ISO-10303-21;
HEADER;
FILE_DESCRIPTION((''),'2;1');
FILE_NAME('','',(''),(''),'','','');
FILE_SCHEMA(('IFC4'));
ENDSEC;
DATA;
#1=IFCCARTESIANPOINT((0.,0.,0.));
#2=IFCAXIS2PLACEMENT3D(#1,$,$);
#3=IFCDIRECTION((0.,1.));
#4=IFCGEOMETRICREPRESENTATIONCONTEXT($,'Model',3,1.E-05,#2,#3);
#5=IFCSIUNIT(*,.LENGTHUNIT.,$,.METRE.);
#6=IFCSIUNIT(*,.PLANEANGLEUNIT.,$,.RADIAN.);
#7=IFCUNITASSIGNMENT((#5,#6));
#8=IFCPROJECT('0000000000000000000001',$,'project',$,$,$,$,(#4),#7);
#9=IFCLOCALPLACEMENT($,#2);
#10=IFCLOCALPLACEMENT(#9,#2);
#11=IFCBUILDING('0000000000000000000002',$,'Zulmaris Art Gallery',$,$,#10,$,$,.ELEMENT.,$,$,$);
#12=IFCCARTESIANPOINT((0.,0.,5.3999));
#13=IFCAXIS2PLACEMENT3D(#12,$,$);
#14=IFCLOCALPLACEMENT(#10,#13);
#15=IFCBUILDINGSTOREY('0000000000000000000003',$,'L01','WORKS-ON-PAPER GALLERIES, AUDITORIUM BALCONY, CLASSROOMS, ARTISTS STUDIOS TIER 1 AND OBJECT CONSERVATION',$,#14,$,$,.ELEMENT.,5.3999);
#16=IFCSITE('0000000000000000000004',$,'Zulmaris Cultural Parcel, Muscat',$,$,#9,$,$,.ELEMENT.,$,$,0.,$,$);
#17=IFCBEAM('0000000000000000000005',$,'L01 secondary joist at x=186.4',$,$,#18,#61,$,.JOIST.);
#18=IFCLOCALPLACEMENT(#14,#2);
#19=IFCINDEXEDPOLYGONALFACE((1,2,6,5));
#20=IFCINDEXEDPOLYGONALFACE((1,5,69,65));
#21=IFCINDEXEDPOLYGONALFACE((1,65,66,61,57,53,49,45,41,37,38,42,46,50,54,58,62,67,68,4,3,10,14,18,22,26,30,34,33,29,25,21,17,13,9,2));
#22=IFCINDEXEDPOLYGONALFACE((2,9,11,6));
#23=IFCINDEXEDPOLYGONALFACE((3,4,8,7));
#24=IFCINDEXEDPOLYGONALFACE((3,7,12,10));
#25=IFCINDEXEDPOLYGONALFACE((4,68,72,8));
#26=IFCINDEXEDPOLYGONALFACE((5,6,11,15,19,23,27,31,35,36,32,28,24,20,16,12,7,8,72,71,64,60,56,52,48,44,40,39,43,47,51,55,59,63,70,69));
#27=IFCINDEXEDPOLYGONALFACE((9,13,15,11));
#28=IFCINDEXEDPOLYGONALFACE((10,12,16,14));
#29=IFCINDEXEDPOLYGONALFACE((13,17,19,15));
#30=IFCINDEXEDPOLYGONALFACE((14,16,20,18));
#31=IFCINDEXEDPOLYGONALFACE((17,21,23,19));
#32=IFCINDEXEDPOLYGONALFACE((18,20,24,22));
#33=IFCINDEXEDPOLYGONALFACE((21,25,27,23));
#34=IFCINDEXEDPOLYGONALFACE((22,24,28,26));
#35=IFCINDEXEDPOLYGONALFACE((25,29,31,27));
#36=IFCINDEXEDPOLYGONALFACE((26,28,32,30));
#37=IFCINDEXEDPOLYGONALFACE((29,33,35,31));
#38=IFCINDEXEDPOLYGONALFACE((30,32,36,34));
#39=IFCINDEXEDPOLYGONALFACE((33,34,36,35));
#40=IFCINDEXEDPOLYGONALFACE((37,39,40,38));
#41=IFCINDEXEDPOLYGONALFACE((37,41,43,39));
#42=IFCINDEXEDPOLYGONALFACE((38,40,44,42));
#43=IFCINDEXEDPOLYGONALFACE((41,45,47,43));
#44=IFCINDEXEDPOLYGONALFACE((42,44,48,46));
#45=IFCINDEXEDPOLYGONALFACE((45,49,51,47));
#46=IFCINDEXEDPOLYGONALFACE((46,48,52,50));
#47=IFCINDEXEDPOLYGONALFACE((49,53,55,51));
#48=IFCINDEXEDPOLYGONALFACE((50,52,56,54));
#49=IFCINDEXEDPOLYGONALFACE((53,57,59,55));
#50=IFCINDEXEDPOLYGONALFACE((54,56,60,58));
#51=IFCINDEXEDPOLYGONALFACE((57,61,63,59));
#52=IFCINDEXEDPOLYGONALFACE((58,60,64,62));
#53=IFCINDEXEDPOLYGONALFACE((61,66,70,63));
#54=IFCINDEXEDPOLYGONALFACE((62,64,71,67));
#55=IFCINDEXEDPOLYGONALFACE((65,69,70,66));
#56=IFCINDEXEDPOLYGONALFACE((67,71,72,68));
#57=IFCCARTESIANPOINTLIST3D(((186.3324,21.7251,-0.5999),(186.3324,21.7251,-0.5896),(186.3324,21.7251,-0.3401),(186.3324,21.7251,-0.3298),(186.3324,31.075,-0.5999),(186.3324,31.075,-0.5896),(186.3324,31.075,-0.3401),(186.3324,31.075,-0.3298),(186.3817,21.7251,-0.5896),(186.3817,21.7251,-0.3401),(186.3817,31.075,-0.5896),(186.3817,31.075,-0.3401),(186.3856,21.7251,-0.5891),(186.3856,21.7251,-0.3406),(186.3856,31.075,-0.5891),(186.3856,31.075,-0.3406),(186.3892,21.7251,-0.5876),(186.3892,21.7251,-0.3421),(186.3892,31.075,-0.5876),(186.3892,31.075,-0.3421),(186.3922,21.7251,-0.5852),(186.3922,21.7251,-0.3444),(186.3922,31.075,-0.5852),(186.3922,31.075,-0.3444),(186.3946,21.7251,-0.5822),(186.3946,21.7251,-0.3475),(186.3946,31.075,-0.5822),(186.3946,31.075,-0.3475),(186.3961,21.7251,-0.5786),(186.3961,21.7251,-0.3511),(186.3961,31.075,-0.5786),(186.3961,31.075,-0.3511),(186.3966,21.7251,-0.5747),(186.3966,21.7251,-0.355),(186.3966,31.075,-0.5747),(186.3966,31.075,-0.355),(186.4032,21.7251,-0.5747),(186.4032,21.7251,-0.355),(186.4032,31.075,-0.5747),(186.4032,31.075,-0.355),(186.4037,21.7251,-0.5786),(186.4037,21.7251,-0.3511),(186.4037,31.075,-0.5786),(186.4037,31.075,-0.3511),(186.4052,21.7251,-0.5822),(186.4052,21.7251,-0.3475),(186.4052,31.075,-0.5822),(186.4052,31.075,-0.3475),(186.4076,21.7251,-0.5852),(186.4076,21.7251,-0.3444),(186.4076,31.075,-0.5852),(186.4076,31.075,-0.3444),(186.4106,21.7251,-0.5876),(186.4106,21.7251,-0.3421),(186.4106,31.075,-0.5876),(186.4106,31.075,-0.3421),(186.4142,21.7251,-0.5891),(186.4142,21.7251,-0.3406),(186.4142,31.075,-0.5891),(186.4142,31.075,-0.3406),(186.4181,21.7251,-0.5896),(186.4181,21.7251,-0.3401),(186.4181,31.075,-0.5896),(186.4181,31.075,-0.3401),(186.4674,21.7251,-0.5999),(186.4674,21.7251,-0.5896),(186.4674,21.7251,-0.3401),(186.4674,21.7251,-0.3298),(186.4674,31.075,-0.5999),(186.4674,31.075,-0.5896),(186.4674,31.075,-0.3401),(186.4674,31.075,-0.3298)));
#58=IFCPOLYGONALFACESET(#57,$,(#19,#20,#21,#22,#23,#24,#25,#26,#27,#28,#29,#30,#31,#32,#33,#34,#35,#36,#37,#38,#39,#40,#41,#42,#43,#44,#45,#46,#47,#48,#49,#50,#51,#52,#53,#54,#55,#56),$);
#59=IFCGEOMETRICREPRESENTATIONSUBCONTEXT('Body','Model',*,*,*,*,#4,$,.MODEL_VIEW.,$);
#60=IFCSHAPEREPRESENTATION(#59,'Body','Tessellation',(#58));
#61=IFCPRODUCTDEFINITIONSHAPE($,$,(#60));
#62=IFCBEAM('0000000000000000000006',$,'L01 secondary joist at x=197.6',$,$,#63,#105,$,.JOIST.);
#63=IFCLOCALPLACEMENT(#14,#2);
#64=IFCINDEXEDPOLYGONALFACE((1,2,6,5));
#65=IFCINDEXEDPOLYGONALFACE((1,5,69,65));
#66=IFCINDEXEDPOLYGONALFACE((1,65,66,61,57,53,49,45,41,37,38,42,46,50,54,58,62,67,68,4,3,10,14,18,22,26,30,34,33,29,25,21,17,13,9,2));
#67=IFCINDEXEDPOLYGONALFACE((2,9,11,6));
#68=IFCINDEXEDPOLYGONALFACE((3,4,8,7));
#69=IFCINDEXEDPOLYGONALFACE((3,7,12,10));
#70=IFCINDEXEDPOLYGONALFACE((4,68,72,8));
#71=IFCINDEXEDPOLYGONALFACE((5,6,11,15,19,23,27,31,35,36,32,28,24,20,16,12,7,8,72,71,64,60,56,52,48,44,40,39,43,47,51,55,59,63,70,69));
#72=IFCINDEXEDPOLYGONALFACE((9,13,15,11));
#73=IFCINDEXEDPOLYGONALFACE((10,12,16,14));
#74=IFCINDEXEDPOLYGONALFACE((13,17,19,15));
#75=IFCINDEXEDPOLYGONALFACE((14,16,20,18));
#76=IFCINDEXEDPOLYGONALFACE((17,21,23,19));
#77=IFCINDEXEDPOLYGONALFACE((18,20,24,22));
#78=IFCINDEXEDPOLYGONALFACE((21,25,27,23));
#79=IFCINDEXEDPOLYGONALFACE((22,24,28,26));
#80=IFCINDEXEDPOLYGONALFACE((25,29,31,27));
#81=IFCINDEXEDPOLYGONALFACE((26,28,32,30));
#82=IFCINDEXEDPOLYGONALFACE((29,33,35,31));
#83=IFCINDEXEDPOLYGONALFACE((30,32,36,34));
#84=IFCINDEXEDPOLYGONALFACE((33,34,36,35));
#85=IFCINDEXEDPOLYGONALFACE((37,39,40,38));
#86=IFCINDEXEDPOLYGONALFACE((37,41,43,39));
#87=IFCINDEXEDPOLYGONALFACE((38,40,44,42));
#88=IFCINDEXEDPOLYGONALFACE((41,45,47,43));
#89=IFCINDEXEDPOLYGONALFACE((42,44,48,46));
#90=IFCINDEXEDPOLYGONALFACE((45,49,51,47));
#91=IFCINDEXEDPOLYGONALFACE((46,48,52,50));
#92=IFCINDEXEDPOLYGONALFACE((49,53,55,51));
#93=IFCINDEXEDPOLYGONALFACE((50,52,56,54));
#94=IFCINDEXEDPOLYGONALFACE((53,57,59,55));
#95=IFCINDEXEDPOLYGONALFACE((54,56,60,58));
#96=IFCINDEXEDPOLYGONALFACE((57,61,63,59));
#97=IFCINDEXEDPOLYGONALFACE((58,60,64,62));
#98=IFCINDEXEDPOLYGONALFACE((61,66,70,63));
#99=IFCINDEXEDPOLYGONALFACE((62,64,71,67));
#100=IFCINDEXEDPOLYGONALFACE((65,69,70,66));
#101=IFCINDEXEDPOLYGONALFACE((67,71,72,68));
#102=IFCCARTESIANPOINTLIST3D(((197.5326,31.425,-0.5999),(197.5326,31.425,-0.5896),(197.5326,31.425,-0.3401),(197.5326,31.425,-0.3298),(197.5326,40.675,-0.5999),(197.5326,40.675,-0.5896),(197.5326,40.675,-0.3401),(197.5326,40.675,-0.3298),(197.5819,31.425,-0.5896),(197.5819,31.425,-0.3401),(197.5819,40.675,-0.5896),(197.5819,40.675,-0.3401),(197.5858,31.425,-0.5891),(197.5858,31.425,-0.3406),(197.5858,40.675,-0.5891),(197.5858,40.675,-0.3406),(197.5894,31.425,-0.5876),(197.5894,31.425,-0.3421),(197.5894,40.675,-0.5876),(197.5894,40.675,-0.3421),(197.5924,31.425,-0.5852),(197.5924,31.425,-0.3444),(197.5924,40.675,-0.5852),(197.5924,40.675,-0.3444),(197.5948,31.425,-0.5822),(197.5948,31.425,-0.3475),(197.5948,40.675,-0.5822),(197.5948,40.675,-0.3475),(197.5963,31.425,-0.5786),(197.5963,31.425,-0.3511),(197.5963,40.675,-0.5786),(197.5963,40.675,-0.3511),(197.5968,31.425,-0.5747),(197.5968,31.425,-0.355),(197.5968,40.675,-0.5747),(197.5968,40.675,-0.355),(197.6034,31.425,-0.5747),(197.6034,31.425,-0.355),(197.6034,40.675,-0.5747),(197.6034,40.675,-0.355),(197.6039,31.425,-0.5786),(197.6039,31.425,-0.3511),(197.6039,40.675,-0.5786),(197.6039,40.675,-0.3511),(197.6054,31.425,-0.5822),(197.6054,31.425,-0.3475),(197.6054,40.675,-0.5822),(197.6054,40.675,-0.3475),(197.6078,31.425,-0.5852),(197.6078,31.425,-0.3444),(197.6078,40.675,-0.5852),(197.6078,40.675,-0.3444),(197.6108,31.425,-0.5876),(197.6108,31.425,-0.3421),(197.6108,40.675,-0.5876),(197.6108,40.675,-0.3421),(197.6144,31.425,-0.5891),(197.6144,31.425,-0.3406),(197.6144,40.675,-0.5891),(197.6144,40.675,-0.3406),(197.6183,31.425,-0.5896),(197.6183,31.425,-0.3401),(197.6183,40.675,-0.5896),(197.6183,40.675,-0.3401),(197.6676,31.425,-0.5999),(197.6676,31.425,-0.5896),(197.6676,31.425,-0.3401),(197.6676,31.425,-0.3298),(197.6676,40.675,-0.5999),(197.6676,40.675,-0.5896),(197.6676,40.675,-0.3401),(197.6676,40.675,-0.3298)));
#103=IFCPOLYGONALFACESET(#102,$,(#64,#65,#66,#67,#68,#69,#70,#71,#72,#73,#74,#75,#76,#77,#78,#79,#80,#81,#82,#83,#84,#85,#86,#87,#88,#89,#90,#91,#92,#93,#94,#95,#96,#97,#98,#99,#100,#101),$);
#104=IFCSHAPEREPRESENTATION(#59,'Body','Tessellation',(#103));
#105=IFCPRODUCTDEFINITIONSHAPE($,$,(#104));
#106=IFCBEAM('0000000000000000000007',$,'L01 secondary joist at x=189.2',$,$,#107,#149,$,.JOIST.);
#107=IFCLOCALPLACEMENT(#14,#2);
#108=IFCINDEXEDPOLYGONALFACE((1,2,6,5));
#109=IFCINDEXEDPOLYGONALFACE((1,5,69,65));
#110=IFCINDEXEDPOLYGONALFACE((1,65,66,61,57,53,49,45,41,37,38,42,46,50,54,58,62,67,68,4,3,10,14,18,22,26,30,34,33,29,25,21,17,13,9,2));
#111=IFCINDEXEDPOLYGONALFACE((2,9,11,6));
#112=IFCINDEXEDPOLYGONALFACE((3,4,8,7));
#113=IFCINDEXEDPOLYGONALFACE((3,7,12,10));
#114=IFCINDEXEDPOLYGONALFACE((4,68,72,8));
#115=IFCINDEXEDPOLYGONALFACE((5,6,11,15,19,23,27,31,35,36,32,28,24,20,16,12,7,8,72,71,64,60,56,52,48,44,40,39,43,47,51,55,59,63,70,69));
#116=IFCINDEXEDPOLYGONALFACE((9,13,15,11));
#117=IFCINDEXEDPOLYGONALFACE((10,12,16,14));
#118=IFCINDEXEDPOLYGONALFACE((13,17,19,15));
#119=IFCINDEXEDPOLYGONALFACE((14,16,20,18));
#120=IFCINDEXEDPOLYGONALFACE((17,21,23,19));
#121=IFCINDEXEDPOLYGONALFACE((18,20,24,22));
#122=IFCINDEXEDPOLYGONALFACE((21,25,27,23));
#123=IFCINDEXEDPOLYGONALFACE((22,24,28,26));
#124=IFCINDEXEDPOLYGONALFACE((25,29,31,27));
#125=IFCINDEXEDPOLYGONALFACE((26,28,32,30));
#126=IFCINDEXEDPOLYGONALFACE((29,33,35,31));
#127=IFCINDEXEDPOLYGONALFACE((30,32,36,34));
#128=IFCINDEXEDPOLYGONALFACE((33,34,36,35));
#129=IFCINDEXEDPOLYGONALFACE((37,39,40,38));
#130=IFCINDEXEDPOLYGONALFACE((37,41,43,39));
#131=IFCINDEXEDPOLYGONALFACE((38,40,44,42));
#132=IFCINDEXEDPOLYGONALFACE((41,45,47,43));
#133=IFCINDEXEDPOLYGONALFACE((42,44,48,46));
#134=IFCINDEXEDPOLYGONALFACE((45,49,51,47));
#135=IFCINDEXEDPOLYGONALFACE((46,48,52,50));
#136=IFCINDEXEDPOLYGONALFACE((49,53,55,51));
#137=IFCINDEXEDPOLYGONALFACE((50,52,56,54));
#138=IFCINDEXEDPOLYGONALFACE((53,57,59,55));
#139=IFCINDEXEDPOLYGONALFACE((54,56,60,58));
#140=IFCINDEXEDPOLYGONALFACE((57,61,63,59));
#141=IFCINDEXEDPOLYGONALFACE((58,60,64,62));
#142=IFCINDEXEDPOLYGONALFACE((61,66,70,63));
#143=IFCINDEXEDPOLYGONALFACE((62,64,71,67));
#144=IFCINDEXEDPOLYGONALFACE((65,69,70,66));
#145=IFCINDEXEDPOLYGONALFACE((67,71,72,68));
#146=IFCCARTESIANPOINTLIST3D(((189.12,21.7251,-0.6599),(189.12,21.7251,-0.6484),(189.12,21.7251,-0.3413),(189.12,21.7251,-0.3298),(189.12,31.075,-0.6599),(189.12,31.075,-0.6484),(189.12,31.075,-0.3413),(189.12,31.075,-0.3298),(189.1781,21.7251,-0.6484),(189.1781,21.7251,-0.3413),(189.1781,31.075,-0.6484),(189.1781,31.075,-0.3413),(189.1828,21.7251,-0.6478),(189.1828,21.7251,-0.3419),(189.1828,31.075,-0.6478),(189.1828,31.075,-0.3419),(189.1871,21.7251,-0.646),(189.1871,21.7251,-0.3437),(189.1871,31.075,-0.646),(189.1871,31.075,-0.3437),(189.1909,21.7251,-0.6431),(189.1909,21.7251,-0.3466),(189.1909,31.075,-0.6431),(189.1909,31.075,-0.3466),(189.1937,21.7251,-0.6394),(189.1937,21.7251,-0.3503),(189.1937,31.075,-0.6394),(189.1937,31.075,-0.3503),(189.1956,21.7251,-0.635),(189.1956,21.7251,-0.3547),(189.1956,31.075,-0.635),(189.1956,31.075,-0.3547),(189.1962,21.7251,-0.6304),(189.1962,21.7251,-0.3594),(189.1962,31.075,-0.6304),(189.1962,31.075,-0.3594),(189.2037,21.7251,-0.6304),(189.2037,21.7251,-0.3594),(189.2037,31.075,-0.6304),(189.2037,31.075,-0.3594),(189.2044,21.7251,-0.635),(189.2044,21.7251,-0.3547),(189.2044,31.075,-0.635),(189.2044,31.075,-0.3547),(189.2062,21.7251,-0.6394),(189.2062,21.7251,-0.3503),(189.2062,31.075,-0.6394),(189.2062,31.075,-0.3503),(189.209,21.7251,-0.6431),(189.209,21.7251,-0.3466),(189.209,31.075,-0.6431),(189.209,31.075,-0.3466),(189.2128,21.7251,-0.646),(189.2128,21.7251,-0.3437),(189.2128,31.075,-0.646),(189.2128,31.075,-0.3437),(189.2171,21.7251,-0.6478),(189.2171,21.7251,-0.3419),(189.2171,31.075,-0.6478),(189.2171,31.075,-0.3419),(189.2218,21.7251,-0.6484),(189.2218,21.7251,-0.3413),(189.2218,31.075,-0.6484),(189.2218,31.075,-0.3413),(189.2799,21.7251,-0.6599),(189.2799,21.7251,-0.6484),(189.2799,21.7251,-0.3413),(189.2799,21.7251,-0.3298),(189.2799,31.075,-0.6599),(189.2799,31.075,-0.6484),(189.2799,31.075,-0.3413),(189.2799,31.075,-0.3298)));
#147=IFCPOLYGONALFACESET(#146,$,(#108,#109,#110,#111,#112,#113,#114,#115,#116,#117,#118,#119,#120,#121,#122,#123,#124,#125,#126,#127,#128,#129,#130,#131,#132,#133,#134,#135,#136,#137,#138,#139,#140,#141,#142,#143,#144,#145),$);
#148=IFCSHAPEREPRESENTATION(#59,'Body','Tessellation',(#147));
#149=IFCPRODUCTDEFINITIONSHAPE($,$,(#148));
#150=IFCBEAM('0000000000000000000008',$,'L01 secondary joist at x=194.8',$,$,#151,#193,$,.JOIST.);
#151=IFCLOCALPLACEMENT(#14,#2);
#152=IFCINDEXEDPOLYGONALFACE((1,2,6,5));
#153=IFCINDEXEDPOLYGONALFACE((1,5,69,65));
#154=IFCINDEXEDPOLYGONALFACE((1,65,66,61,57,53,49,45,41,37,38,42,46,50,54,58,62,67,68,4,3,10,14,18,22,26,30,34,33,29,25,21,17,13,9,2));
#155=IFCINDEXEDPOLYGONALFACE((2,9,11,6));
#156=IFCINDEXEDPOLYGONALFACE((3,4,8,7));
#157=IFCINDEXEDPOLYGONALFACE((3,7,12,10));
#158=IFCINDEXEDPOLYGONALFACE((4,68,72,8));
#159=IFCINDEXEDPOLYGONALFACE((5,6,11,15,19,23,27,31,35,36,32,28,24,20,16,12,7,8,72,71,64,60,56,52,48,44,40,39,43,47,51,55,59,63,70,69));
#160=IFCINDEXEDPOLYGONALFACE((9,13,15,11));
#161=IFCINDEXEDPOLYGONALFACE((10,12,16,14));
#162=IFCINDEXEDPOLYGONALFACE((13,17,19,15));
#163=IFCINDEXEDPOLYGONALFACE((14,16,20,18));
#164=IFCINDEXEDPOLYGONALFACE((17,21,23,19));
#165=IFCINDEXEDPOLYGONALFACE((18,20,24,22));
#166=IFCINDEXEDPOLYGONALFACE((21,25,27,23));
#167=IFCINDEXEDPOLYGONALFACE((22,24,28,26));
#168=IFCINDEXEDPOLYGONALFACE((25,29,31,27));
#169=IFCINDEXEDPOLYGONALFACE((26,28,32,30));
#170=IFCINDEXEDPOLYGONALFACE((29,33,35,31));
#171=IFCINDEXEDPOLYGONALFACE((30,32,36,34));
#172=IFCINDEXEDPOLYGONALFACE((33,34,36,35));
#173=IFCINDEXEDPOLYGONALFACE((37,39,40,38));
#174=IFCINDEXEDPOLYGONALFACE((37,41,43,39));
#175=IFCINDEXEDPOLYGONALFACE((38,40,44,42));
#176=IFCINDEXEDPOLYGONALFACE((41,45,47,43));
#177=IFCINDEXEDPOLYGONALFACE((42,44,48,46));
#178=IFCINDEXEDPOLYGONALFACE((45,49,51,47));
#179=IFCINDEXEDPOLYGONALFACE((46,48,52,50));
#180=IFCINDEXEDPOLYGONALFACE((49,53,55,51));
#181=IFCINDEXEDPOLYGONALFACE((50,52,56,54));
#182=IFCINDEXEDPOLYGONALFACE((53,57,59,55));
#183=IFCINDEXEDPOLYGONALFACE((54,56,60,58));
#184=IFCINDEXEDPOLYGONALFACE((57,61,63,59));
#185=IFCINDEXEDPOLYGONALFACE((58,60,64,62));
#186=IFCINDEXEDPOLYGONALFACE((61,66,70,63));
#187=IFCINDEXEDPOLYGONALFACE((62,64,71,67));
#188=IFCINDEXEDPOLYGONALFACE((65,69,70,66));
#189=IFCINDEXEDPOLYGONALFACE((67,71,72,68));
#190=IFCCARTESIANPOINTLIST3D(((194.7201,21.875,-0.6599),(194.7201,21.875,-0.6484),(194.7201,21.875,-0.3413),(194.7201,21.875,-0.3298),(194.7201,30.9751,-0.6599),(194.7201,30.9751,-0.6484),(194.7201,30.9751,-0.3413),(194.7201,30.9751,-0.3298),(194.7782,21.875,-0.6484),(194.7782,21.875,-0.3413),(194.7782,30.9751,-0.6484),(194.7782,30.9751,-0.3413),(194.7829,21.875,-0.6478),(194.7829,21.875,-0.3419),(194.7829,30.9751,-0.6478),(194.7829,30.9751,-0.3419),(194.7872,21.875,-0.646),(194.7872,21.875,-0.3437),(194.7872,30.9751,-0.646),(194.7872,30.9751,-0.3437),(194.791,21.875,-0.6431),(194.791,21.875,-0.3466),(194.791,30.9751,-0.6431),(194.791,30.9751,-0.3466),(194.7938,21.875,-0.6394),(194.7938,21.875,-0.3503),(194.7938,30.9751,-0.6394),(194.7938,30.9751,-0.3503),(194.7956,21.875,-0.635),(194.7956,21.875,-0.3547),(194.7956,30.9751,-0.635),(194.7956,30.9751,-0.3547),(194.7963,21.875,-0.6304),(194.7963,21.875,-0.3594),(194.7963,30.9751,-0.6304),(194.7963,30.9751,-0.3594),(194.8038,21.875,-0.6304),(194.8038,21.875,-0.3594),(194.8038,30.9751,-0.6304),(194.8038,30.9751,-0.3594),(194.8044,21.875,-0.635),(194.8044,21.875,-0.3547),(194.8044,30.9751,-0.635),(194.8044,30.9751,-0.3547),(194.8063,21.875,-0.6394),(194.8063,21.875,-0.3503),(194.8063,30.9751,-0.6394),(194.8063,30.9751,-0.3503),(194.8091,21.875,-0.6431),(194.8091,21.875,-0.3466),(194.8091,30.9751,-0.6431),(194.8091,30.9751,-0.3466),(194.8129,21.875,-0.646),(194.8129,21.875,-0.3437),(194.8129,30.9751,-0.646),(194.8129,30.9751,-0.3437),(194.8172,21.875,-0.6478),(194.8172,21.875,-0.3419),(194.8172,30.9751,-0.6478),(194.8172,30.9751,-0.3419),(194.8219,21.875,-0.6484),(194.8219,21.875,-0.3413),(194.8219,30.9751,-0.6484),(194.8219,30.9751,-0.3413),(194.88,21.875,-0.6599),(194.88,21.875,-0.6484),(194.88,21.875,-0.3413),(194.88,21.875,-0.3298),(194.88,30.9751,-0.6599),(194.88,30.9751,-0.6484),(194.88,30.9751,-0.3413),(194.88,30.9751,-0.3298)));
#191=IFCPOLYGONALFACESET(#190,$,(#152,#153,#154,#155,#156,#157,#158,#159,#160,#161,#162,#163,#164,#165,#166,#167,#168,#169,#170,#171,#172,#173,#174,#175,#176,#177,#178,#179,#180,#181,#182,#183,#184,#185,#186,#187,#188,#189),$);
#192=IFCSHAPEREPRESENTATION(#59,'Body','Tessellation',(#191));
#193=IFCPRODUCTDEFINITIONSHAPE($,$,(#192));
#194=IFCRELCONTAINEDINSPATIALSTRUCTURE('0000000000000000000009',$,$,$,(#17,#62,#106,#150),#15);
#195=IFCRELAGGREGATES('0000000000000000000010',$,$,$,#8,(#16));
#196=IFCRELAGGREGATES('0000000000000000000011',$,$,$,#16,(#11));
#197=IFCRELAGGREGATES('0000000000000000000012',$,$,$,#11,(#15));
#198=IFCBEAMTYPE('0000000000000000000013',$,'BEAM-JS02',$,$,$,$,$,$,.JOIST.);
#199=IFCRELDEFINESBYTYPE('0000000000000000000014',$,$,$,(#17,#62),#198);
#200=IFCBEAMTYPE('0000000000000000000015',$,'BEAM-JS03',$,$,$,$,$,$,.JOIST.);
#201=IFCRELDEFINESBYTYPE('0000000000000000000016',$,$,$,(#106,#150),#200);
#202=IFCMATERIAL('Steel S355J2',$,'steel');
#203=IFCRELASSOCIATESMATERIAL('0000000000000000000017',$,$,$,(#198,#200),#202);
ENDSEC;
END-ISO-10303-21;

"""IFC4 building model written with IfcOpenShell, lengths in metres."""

from ifc_helpers import new_model, si_unit, direction, frame, origin, origin_2d, place, context, subcontext, project, spatial, i_section, extrude, material, material_profile, profile_set, type_object, element, save


model = new_model("IFC4")

# Units and contexts
model_context = context("Model", 3, precision=1e-05, world=origin(), true_north=direction((0.0, 1.0)))
body_context = subcontext(model_context, "Body", "Model", "MODEL_VIEW")
ifc_project = project(units=[si_unit("LENGTHUNIT", "METRE"), si_unit("PLANEANGLEUNIT", "RADIAN")], contexts=[model_context])

# Site, building, storey
site_placement = place(None, origin())
site = spatial("IfcSite", under=ifc_project, at=site_placement, Name="Zulmaris Cultural Parcel, Muscat", CompositionType="ELEMENT", RefElevation=0.0)
building_placement = place(site_placement, origin())
building = spatial("IfcBuilding", under=site, at=building_placement, Name="Zulmaris Art Gallery", CompositionType="ELEMENT")
storey_placement = place(building_placement, frame((0.0, 0.0, 5.3999)))
storey = spatial("IfcBuildingStorey", under=building, at=storey_placement, Name="L01", Description="WORKS-ON-PAPER GALLERIES, AUDITORIUM BALCONY, CLASSROOMS, ARTISTS STUDIOS TIER 1 AND OBJECT CONSERVATION", CompositionType="ELEMENT", Elevation=5.3999)

# Beams
ifc_material_1 = material(Name="Steel S355J2", Category="steel")
ifc_material_profile_1 = material_profile(ifc_material_1, i_section(OverallWidth=0.135, OverallDepth=0.27, WebThickness=0.0066, FlangeThickness=0.0103, FilletRadius=0.0149, at=origin_2d()), Name="IPE 270")
ifc_profile_set_1 = profile_set([ifc_material_profile_1], Name="Steel S355J2")
beam_type_1 = type_object("IfcBeamType", Name="BEAM-JS02", PredefinedType="JOIST", material=ifc_profile_set_1)
beam_1_placement = place(storey_placement, frame((186.3999, 21.7251, -0.4648), z_axis=(0.0, 1.0, 0.0), x_axis=(-1.0, 0.0, 0.0)))
element("IfcBeam", 1, at=beam_1_placement, inside=storey, type_object=beam_type_1, Name="L01 secondary joist at x=186.4", PredefinedType="JOIST", context=body_context, shape_type="SweptSolid", body=[
    extrude(i_section(OverallWidth=0.135, OverallDepth=0.27, WebThickness=0.0066, FlangeThickness=0.0103, FilletRadius=0.0149, at=origin_2d()), origin(), (0.0, 0.0, 1.0), 9.3499),
])
beam_2_placement = place(storey_placement, frame((197.6001, 31.425, -0.4648), z_axis=(0.0, 1.0, 0.0), x_axis=(-1.0, 0.0, 0.0)))
element("IfcBeam", 2, at=beam_2_placement, inside=storey, type_object=beam_type_1, Name="L01 secondary joist at x=197.6", PredefinedType="JOIST", context=body_context, shape_type="SweptSolid", body=[
    extrude(i_section(OverallWidth=0.135, OverallDepth=0.27, WebThickness=0.0066, FlangeThickness=0.0103, FilletRadius=0.0149, at=origin_2d()), origin(), (0.0, 0.0, 1.0), 9.25),
])
ifc_material_profile_2 = material_profile(ifc_material_1, i_section(OverallWidth=0.1599, OverallDepth=0.3301, WebThickness=0.0076, FlangeThickness=0.0115, FilletRadius=0.0181, at=origin_2d()), Name="IPE 330")
ifc_profile_set_2 = profile_set([ifc_material_profile_2], Name="Steel S355J2")
beam_type_2 = type_object("IfcBeamType", Name="BEAM-JS03", PredefinedType="JOIST", material=ifc_profile_set_2)
beam_3_placement = place(storey_placement, frame((189.2, 21.7251, -0.4949), z_axis=(0.0, 1.0, 0.0), x_axis=(-1.0, 0.0, 0.0)))
element("IfcBeam", 3, at=beam_3_placement, inside=storey, type_object=beam_type_2, Name="L01 secondary joist at x=189.2", PredefinedType="JOIST", context=body_context, shape_type="SweptSolid", body=[
    extrude(i_section(OverallWidth=0.1599, OverallDepth=0.3301, WebThickness=0.0076, FlangeThickness=0.0115, FilletRadius=0.0181, at=origin_2d()), origin(), (0.0, 0.0, 1.0), 9.3499),
])
beam_4_placement = place(storey_placement, frame((194.8, 21.875, -0.4949), z_axis=(0.0, 1.0, 0.0), x_axis=(-1.0, 0.0, 0.0)))
element("IfcBeam", 4, at=beam_4_placement, inside=storey, type_object=beam_type_2, Name="L01 secondary joist at x=194.8", PredefinedType="JOIST", context=body_context, shape_type="SweptSolid", body=[
    extrude(i_section(OverallWidth=0.1599, OverallDepth=0.3301, WebThickness=0.0076, FlangeThickness=0.0115, FilletRadius=0.0181, at=origin_2d()), origin(), (0.0, 0.0, 1.0), 9.1001),
])

save(model, "model.ifc")
